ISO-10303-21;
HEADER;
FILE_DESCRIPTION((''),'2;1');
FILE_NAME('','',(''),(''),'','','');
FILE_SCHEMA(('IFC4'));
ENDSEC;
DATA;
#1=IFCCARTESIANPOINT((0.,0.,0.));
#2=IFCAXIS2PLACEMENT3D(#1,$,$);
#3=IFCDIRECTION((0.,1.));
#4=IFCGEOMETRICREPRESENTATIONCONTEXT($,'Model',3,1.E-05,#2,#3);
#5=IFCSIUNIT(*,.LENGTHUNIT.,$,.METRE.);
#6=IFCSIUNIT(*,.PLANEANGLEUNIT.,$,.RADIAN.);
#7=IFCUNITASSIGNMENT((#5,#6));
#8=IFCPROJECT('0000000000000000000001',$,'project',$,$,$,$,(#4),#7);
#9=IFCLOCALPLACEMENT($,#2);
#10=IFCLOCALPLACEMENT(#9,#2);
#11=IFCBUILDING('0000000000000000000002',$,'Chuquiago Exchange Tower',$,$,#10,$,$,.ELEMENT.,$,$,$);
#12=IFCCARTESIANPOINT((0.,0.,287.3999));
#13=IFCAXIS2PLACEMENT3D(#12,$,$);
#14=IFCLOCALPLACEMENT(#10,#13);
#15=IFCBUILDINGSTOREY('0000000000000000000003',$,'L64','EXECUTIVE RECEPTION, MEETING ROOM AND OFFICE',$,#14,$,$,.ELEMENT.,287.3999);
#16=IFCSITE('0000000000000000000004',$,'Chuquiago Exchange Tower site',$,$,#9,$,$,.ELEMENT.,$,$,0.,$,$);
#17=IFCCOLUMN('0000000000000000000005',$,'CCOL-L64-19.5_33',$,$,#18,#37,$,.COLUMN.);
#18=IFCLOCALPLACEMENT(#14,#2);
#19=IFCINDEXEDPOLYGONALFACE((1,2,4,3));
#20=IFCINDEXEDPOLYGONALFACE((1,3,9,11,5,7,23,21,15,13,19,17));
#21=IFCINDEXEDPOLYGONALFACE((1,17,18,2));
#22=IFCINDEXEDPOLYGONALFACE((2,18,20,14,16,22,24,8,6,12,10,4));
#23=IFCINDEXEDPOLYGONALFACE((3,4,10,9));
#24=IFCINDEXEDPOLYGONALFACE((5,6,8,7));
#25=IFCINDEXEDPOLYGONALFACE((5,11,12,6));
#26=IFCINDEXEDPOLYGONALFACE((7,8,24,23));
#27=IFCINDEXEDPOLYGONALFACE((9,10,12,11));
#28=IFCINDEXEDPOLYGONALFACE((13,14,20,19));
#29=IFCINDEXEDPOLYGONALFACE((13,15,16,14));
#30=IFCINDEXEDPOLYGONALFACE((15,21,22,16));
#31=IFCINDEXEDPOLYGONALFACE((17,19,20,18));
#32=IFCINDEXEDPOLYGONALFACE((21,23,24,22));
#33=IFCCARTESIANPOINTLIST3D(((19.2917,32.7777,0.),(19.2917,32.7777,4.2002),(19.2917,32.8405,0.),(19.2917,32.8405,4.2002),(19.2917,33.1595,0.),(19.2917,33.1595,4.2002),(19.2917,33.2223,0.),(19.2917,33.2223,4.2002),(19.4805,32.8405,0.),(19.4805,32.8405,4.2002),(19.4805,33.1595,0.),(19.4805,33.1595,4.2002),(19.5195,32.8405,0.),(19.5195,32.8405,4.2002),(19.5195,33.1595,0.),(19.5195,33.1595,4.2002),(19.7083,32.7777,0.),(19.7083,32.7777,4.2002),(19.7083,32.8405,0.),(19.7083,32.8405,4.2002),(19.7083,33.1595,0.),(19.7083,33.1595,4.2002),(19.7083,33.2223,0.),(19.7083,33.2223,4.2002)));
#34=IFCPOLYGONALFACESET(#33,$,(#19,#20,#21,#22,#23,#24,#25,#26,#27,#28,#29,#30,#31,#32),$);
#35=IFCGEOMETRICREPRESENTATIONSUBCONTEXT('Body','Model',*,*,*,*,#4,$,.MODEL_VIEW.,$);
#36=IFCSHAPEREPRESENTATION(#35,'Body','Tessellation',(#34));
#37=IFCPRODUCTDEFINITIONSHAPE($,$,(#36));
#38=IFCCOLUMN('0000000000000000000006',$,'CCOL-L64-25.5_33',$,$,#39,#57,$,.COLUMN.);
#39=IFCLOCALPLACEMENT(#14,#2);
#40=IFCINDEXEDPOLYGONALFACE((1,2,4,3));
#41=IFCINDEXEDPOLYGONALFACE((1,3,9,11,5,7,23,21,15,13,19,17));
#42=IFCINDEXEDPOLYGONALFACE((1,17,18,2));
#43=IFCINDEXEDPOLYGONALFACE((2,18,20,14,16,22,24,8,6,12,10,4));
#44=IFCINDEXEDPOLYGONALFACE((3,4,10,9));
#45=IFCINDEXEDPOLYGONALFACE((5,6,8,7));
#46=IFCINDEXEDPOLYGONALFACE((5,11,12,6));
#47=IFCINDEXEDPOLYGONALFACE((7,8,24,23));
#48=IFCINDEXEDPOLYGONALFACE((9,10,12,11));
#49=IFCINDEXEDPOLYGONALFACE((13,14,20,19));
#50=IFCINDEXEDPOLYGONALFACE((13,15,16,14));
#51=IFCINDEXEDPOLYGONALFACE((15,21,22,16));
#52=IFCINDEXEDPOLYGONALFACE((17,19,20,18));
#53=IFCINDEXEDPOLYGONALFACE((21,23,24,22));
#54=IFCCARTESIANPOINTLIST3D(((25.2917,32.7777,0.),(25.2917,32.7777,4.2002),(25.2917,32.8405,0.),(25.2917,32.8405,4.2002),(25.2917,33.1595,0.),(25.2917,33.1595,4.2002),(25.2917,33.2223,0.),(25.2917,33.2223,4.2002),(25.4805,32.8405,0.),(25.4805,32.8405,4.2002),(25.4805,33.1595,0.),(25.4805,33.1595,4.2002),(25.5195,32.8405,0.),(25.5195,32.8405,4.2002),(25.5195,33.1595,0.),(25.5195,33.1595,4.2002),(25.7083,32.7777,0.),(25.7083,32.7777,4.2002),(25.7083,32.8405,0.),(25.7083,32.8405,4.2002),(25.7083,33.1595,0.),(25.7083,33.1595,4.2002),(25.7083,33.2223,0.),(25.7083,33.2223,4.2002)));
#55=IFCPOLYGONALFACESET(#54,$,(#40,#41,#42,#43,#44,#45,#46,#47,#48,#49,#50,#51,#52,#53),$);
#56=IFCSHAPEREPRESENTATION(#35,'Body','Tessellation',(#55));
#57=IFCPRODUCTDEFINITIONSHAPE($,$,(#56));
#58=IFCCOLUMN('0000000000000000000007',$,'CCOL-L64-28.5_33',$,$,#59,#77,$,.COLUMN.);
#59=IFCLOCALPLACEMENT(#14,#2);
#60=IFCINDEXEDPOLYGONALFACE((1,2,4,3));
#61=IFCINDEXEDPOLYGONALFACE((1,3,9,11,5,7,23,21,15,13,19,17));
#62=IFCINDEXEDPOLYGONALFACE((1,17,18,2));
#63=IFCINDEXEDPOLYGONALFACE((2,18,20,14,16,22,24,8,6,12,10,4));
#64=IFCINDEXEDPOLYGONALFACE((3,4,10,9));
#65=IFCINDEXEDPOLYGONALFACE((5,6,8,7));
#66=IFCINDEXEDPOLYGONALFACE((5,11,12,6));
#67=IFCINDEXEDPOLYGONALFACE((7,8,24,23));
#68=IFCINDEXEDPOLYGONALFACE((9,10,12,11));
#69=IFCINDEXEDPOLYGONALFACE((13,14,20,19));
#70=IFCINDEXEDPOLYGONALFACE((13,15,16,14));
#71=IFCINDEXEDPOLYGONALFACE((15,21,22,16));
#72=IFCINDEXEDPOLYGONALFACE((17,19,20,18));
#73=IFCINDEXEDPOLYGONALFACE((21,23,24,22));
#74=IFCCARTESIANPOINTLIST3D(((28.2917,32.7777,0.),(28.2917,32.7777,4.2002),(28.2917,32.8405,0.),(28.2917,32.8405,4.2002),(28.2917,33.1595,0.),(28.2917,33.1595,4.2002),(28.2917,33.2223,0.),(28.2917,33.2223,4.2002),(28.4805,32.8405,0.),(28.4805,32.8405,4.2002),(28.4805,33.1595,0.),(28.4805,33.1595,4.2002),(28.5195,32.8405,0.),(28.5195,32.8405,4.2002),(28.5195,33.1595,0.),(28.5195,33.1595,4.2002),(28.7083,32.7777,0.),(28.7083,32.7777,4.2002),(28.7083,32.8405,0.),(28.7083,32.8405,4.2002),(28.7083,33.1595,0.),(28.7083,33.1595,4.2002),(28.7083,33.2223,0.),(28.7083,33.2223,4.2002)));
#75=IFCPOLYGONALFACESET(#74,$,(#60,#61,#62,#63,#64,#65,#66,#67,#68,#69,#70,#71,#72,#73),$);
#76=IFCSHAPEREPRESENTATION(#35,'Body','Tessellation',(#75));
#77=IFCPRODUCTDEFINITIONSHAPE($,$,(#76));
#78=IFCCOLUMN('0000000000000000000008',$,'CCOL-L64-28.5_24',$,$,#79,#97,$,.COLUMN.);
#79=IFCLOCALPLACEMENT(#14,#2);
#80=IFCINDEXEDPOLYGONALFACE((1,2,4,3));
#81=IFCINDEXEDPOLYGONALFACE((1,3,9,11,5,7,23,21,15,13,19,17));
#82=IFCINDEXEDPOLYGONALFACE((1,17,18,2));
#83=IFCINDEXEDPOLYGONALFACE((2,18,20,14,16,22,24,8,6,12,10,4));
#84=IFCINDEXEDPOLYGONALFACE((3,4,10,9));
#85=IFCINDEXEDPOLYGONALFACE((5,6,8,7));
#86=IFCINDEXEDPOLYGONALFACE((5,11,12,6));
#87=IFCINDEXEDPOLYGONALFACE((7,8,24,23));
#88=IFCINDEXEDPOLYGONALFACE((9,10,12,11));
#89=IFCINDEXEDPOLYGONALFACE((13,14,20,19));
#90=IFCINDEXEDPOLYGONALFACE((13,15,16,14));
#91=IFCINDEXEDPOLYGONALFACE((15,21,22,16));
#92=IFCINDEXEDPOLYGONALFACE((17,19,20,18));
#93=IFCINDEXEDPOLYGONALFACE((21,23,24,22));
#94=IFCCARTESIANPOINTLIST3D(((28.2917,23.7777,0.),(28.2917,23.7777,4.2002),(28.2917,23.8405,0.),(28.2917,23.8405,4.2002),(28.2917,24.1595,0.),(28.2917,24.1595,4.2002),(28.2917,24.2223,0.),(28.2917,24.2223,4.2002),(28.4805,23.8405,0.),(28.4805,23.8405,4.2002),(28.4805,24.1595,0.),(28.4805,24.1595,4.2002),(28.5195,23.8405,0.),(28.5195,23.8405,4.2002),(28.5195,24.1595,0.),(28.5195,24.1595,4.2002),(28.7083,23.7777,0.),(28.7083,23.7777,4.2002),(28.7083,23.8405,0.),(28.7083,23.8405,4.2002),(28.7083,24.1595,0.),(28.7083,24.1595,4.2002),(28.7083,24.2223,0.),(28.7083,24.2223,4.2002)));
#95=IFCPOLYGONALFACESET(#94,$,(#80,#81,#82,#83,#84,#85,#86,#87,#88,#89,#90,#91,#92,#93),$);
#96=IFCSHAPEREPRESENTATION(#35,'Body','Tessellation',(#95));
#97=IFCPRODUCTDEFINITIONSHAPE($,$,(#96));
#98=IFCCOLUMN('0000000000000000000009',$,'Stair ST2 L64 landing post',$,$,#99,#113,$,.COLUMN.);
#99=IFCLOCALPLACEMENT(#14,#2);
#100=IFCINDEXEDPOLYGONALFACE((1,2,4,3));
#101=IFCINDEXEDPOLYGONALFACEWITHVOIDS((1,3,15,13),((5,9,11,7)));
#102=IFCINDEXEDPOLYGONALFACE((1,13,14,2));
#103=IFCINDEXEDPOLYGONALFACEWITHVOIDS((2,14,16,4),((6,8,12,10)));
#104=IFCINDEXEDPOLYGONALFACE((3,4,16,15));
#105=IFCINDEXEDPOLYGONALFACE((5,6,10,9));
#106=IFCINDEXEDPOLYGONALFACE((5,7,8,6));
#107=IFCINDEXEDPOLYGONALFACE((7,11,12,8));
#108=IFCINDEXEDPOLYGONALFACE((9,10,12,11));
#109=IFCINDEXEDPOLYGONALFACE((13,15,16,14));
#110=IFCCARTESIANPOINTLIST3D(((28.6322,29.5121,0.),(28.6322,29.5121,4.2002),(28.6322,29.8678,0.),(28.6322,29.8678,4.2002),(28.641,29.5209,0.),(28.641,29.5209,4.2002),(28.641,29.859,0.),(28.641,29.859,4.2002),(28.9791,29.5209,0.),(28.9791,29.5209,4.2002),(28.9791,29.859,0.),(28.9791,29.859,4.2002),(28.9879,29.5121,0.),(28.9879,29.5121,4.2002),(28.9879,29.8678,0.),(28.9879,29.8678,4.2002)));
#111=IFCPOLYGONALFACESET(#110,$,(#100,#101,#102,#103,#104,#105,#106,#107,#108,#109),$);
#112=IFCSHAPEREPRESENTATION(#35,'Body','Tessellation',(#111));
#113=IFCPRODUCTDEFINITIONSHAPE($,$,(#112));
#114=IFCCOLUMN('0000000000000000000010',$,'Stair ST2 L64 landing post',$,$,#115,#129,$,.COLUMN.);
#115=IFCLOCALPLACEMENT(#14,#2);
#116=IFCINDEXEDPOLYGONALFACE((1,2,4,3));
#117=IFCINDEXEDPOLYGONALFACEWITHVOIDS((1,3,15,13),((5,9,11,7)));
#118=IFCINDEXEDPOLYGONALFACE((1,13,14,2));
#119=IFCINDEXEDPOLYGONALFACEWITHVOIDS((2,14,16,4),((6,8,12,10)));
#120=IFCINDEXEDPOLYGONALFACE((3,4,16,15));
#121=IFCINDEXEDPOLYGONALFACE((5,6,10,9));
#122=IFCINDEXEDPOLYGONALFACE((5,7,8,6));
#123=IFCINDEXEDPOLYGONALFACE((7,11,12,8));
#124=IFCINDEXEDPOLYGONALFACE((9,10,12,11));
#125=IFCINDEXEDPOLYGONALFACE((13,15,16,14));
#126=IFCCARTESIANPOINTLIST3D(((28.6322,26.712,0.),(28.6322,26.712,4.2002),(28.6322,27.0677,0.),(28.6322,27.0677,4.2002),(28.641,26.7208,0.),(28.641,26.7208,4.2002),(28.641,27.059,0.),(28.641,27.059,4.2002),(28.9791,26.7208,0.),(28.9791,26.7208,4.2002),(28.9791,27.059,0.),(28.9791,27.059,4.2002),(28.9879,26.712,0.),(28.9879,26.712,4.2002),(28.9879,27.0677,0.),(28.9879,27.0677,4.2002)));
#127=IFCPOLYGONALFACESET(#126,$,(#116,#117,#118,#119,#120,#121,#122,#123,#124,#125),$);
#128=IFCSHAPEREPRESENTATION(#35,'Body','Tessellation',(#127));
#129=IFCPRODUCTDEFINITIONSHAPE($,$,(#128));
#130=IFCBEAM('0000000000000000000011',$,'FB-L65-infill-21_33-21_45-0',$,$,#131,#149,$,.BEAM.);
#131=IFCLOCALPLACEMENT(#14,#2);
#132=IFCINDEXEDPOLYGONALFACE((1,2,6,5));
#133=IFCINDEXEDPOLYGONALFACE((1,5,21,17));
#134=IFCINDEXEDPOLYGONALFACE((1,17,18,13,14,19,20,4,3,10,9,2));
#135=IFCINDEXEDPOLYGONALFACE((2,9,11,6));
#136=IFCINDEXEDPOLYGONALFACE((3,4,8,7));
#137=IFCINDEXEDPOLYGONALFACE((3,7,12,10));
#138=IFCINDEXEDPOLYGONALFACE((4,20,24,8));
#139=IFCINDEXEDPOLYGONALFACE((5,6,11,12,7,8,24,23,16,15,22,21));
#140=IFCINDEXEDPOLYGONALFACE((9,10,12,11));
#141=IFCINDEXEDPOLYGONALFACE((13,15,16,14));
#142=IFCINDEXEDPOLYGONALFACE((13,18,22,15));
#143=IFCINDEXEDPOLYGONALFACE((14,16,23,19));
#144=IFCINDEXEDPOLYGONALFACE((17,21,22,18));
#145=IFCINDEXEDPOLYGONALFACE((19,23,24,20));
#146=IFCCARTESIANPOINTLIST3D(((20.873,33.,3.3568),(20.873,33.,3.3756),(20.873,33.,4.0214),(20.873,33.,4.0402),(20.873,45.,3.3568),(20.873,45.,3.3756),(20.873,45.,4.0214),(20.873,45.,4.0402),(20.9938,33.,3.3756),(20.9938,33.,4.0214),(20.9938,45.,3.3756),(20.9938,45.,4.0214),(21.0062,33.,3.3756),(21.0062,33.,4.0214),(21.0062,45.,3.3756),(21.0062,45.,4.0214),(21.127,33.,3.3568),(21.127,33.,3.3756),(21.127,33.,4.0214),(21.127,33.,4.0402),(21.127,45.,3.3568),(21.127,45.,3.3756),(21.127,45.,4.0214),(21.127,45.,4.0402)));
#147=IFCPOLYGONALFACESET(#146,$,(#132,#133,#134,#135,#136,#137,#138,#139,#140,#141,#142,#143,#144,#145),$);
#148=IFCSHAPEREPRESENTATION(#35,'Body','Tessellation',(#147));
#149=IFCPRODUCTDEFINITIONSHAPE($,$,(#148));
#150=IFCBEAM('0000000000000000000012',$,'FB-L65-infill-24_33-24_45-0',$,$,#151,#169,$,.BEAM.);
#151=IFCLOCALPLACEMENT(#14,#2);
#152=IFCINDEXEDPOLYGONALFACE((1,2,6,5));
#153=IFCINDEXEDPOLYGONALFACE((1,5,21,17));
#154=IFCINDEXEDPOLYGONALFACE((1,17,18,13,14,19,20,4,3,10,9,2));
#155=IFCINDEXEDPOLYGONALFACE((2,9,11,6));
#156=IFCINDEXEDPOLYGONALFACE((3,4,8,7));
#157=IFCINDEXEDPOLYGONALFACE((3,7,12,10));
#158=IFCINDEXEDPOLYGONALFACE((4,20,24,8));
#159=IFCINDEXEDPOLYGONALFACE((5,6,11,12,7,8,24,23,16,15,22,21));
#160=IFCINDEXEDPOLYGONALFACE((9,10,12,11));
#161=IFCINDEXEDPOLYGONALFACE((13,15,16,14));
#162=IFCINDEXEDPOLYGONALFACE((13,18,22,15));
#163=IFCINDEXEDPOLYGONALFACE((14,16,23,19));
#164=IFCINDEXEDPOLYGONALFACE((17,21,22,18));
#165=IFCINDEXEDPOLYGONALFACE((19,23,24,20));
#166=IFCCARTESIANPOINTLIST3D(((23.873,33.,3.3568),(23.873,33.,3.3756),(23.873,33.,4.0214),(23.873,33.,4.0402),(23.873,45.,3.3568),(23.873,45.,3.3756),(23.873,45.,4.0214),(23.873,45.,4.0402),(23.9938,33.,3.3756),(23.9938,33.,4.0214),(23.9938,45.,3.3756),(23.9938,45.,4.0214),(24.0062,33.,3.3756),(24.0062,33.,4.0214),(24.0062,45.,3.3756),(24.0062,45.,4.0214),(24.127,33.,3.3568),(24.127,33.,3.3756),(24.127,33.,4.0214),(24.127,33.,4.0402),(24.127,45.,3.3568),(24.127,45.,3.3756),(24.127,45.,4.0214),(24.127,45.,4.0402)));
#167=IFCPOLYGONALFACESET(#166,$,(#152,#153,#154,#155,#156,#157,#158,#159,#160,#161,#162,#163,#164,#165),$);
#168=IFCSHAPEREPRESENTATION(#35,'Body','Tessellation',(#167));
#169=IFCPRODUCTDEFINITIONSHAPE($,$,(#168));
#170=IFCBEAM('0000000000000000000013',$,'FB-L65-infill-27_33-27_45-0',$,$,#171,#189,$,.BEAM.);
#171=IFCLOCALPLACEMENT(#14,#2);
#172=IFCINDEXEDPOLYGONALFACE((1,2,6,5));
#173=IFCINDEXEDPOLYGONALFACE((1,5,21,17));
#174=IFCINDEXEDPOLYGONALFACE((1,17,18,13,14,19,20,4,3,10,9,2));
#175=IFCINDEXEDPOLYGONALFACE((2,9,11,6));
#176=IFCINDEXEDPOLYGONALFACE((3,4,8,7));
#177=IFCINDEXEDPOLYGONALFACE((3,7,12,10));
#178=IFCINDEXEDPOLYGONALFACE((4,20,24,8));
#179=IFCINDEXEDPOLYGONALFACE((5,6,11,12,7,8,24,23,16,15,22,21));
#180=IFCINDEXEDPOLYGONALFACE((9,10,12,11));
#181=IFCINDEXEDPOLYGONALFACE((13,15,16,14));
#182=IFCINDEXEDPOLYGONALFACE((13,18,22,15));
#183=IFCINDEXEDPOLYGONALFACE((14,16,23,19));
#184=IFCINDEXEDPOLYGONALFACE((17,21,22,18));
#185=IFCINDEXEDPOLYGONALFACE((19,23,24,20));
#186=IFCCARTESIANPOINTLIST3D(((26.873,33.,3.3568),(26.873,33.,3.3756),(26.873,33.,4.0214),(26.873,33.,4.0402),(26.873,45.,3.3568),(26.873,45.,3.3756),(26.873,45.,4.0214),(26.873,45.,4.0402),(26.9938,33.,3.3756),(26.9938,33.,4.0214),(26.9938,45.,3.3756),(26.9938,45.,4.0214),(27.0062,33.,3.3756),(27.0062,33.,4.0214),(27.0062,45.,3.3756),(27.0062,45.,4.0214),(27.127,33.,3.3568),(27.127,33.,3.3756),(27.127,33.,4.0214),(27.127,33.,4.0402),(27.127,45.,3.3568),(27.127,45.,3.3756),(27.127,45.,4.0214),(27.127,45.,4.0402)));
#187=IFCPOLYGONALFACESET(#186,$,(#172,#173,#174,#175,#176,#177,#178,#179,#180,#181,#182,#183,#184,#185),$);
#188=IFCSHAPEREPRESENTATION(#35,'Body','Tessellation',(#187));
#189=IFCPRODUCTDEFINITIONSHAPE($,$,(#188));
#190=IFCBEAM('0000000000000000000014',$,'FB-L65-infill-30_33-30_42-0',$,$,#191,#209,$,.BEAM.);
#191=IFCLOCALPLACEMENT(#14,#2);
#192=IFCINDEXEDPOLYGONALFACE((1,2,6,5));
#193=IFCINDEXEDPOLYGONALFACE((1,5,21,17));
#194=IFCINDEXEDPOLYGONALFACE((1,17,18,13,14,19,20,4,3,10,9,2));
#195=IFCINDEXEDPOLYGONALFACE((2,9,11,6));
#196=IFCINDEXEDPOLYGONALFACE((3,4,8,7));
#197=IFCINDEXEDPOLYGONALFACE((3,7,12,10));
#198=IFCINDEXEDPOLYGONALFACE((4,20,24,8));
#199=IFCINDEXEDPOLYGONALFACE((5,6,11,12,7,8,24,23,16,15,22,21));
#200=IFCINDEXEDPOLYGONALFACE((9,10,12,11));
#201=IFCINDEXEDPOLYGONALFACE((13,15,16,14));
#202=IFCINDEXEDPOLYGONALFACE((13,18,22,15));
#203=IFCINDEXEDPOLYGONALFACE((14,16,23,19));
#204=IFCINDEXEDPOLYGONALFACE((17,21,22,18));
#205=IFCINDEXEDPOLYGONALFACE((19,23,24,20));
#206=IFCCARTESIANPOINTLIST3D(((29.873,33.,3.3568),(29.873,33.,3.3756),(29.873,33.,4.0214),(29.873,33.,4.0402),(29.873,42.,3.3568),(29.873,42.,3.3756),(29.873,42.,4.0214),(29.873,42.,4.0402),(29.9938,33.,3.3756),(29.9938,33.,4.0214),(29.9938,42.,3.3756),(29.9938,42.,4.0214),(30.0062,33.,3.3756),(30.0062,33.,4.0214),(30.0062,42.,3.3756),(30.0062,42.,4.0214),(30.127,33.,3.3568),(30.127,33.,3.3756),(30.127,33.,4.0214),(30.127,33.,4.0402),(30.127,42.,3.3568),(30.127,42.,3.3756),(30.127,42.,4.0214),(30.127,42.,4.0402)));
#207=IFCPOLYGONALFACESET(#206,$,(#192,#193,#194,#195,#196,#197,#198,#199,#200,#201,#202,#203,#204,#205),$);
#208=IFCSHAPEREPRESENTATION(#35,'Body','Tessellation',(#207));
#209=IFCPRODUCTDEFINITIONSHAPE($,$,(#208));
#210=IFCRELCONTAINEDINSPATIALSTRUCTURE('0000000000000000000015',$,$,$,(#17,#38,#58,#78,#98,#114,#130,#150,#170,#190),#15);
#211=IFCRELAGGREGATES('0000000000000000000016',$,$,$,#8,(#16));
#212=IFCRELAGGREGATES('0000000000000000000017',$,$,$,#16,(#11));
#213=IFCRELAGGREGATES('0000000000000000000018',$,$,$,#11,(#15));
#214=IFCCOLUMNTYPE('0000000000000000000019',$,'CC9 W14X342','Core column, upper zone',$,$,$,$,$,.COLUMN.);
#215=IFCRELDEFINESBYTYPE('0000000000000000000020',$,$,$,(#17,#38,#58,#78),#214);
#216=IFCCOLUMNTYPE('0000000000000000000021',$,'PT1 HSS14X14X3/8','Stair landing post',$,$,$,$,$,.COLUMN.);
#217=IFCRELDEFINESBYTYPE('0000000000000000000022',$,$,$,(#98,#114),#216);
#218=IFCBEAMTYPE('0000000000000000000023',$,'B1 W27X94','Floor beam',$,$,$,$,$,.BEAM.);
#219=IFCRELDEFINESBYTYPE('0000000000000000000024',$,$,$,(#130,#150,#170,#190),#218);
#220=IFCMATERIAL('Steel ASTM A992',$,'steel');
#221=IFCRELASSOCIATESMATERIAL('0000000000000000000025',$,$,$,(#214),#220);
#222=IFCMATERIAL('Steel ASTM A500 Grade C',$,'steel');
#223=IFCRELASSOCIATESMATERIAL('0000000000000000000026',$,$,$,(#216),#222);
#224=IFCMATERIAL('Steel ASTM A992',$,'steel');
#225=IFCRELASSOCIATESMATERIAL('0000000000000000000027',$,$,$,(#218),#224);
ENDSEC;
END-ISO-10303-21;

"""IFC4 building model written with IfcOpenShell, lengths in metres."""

from ifc_helpers import new_model, si_unit, direction, frame, origin, origin_2d, place, context, subcontext, project, spatial, hollow_rectangle, i_section, extrude, material, material_profile, profile_set, type_object, element, save


model = new_model("IFC4")

# Units and contexts
model_context = context("Model", 3, precision=1e-05, world=origin(), true_north=direction((0.0, 1.0)))
body_context = subcontext(model_context, "Body", "Model", "MODEL_VIEW")
ifc_project = project(units=[si_unit("LENGTHUNIT", "METRE"), si_unit("PLANEANGLEUNIT", "RADIAN")], contexts=[model_context])

# Site, building, storey
site_placement = place(None, origin())
site = spatial("IfcSite", under=ifc_project, at=site_placement, Name="Chuquiago Exchange Tower site", CompositionType="ELEMENT", RefElevation=0.0)
building_placement = place(site_placement, origin())
building = spatial("IfcBuilding", under=site, at=building_placement, Name="Chuquiago Exchange Tower", CompositionType="ELEMENT")
storey_placement = place(building_placement, frame((0.0, 0.0, 287.3999)))
storey = spatial("IfcBuildingStorey", under=building, at=storey_placement, Name="L64", Description="EXECUTIVE RECEPTION, MEETING ROOM AND OFFICE", CompositionType="ELEMENT", Elevation=287.3999)

# Columns
ifc_material_1 = material(Name="Steel ASTM A992", Category="steel")
ifc_material_profile_1 = material_profile(ifc_material_1, i_section(OverallWidth=0.4165, OverallDepth=0.4446, WebThickness=0.0391, FlangeThickness=0.0627, at=origin_2d()), Name="W14X342")
ifc_profile_set_1 = profile_set([ifc_material_profile_1], Name="Steel ASTM A992")
column_type_1 = type_object("IfcColumnType", Name="CC9 W14X342", Description="Core column, upper zone", PredefinedType="COLUMN", material=ifc_profile_set_1)
for number, where, z_axis, x_axis, name in (
    (1, (19.5, 33.0, 0.0), (0.0, 0.0, 1.0), (1.0, 0.0, 0.0), "CCOL-L64-19.5_33"),
    (2, (25.5, 33.0, 0.0), (0.0, 0.0, 1.0), (1.0, 0.0, 0.0), "CCOL-L64-25.5_33"),
    (3, (28.5, 33.0, 0.0), (0.0, 0.0, 1.0), (1.0, 0.0, 0.0), "CCOL-L64-28.5_33"),
    (4, (28.5, 24.0, 0.0), (0.0, 0.0, 1.0), (1.0, 0.0, 0.0), "CCOL-L64-28.5_24"),
):
    element("IfcColumn", number, at=place(storey_placement, frame(where, z_axis=z_axis, x_axis=x_axis)), inside=storey, type_object=column_type_1, Name=name, PredefinedType="COLUMN", context=body_context, shape_type="SweptSolid", body=[
        extrude(i_section(OverallWidth=0.4165, OverallDepth=0.4446, WebThickness=0.0391, FlangeThickness=0.0627, at=origin_2d()), origin(), (0.0, 0.0, 1.0), 4.2002),
    ])
ifc_material_2 = material(Name="Steel ASTM A500 Grade C", Category="steel")
ifc_material_profile_2 = material_profile(ifc_material_2, hollow_rectangle(XDim=0.3557, YDim=0.3557, WallThickness=0.0088, at=origin_2d()), Name="HSS14X14X3/8")
ifc_profile_set_2 = profile_set([ifc_material_profile_2], Name="Steel ASTM A500 Grade C")
column_type_2 = type_object("IfcColumnType", Name="PT1 HSS14X14X3/8", Description="Stair landing post", PredefinedType="COLUMN", material=ifc_profile_set_2)
for number, where, z_axis, x_axis, name in (
    (5, (28.8101, 29.6899, 0.0), (0.0, 0.0, 1.0), (1.0, 0.0, 0.0), "Stair ST2 L64 landing post"),
    (6, (28.8101, 26.8899, 0.0), (0.0, 0.0, 1.0), (1.0, 0.0, 0.0), "Stair ST2 L64 landing post"),
):
    element("IfcColumn", number, at=place(storey_placement, frame(where, z_axis=z_axis, x_axis=x_axis)), inside=storey, type_object=column_type_2, Name=name, PredefinedType="COLUMN", context=body_context, shape_type="SweptSolid", body=[
        extrude(hollow_rectangle(XDim=0.3557, YDim=0.3557, WallThickness=0.0088, at=origin_2d()), origin(), (0.0, 0.0, 1.0), 4.2002),
    ])

# Beams
ifc_material_3 = material(Name="Steel ASTM A992", Category="steel")
ifc_material_profile_3 = material_profile(ifc_material_3, i_section(OverallWidth=0.2539, OverallDepth=0.6833, WebThickness=0.0125, FlangeThickness=0.0188, at=origin_2d()), Name="W27X94")
ifc_profile_set_3 = profile_set([ifc_material_profile_3], Name="Steel ASTM A992")
beam_type_1 = type_object("IfcBeamType", Name="B1 W27X94", Description="Floor beam", PredefinedType="BEAM", material=ifc_profile_set_3)
for number, where, z_axis, x_axis, name in (
    (7, (21.0, 33.0, 3.6985), (0.0, 1.0, 0.0), (-1.0, 0.0, 0.0), "FB-L65-infill-21_33-21_45-0"),
    (8, (24.0, 33.0, 3.6985), (0.0, 1.0, 0.0), (-1.0, 0.0, 0.0), "FB-L65-infill-24_33-24_45-0"),
    (9, (27.0, 33.0, 3.6985), (0.0, 1.0, 0.0), (-1.0, 0.0, 0.0), "FB-L65-infill-27_33-27_45-0"),
):
    element("IfcBeam", number, at=place(storey_placement, frame(where, z_axis=z_axis, x_axis=x_axis)), inside=storey, type_object=beam_type_1, Name=name, PredefinedType="BEAM", context=body_context, shape_type="SweptSolid", body=[
        extrude(i_section(OverallWidth=0.2539, OverallDepth=0.6833, WebThickness=0.0125, FlangeThickness=0.0188, at=origin_2d()), origin(), (0.0, 0.0, 1.0), 12.0),
    ])
beam_1_placement = place(storey_placement, frame((30.0, 33.0, 3.6985), z_axis=(0.0, 1.0, 0.0), x_axis=(-1.0, 0.0, 0.0)))
element("IfcBeam", 10, at=beam_1_placement, inside=storey, type_object=beam_type_1, Name="FB-L65-infill-30_33-30_42-0", PredefinedType="BEAM", context=body_context, shape_type="SweptSolid", body=[
    extrude(i_section(OverallWidth=0.2539, OverallDepth=0.6833, WebThickness=0.0125, FlangeThickness=0.0188, at=origin_2d()), origin(), (0.0, 0.0, 1.0), 9.0),
])

save(model, "model.ifc")
